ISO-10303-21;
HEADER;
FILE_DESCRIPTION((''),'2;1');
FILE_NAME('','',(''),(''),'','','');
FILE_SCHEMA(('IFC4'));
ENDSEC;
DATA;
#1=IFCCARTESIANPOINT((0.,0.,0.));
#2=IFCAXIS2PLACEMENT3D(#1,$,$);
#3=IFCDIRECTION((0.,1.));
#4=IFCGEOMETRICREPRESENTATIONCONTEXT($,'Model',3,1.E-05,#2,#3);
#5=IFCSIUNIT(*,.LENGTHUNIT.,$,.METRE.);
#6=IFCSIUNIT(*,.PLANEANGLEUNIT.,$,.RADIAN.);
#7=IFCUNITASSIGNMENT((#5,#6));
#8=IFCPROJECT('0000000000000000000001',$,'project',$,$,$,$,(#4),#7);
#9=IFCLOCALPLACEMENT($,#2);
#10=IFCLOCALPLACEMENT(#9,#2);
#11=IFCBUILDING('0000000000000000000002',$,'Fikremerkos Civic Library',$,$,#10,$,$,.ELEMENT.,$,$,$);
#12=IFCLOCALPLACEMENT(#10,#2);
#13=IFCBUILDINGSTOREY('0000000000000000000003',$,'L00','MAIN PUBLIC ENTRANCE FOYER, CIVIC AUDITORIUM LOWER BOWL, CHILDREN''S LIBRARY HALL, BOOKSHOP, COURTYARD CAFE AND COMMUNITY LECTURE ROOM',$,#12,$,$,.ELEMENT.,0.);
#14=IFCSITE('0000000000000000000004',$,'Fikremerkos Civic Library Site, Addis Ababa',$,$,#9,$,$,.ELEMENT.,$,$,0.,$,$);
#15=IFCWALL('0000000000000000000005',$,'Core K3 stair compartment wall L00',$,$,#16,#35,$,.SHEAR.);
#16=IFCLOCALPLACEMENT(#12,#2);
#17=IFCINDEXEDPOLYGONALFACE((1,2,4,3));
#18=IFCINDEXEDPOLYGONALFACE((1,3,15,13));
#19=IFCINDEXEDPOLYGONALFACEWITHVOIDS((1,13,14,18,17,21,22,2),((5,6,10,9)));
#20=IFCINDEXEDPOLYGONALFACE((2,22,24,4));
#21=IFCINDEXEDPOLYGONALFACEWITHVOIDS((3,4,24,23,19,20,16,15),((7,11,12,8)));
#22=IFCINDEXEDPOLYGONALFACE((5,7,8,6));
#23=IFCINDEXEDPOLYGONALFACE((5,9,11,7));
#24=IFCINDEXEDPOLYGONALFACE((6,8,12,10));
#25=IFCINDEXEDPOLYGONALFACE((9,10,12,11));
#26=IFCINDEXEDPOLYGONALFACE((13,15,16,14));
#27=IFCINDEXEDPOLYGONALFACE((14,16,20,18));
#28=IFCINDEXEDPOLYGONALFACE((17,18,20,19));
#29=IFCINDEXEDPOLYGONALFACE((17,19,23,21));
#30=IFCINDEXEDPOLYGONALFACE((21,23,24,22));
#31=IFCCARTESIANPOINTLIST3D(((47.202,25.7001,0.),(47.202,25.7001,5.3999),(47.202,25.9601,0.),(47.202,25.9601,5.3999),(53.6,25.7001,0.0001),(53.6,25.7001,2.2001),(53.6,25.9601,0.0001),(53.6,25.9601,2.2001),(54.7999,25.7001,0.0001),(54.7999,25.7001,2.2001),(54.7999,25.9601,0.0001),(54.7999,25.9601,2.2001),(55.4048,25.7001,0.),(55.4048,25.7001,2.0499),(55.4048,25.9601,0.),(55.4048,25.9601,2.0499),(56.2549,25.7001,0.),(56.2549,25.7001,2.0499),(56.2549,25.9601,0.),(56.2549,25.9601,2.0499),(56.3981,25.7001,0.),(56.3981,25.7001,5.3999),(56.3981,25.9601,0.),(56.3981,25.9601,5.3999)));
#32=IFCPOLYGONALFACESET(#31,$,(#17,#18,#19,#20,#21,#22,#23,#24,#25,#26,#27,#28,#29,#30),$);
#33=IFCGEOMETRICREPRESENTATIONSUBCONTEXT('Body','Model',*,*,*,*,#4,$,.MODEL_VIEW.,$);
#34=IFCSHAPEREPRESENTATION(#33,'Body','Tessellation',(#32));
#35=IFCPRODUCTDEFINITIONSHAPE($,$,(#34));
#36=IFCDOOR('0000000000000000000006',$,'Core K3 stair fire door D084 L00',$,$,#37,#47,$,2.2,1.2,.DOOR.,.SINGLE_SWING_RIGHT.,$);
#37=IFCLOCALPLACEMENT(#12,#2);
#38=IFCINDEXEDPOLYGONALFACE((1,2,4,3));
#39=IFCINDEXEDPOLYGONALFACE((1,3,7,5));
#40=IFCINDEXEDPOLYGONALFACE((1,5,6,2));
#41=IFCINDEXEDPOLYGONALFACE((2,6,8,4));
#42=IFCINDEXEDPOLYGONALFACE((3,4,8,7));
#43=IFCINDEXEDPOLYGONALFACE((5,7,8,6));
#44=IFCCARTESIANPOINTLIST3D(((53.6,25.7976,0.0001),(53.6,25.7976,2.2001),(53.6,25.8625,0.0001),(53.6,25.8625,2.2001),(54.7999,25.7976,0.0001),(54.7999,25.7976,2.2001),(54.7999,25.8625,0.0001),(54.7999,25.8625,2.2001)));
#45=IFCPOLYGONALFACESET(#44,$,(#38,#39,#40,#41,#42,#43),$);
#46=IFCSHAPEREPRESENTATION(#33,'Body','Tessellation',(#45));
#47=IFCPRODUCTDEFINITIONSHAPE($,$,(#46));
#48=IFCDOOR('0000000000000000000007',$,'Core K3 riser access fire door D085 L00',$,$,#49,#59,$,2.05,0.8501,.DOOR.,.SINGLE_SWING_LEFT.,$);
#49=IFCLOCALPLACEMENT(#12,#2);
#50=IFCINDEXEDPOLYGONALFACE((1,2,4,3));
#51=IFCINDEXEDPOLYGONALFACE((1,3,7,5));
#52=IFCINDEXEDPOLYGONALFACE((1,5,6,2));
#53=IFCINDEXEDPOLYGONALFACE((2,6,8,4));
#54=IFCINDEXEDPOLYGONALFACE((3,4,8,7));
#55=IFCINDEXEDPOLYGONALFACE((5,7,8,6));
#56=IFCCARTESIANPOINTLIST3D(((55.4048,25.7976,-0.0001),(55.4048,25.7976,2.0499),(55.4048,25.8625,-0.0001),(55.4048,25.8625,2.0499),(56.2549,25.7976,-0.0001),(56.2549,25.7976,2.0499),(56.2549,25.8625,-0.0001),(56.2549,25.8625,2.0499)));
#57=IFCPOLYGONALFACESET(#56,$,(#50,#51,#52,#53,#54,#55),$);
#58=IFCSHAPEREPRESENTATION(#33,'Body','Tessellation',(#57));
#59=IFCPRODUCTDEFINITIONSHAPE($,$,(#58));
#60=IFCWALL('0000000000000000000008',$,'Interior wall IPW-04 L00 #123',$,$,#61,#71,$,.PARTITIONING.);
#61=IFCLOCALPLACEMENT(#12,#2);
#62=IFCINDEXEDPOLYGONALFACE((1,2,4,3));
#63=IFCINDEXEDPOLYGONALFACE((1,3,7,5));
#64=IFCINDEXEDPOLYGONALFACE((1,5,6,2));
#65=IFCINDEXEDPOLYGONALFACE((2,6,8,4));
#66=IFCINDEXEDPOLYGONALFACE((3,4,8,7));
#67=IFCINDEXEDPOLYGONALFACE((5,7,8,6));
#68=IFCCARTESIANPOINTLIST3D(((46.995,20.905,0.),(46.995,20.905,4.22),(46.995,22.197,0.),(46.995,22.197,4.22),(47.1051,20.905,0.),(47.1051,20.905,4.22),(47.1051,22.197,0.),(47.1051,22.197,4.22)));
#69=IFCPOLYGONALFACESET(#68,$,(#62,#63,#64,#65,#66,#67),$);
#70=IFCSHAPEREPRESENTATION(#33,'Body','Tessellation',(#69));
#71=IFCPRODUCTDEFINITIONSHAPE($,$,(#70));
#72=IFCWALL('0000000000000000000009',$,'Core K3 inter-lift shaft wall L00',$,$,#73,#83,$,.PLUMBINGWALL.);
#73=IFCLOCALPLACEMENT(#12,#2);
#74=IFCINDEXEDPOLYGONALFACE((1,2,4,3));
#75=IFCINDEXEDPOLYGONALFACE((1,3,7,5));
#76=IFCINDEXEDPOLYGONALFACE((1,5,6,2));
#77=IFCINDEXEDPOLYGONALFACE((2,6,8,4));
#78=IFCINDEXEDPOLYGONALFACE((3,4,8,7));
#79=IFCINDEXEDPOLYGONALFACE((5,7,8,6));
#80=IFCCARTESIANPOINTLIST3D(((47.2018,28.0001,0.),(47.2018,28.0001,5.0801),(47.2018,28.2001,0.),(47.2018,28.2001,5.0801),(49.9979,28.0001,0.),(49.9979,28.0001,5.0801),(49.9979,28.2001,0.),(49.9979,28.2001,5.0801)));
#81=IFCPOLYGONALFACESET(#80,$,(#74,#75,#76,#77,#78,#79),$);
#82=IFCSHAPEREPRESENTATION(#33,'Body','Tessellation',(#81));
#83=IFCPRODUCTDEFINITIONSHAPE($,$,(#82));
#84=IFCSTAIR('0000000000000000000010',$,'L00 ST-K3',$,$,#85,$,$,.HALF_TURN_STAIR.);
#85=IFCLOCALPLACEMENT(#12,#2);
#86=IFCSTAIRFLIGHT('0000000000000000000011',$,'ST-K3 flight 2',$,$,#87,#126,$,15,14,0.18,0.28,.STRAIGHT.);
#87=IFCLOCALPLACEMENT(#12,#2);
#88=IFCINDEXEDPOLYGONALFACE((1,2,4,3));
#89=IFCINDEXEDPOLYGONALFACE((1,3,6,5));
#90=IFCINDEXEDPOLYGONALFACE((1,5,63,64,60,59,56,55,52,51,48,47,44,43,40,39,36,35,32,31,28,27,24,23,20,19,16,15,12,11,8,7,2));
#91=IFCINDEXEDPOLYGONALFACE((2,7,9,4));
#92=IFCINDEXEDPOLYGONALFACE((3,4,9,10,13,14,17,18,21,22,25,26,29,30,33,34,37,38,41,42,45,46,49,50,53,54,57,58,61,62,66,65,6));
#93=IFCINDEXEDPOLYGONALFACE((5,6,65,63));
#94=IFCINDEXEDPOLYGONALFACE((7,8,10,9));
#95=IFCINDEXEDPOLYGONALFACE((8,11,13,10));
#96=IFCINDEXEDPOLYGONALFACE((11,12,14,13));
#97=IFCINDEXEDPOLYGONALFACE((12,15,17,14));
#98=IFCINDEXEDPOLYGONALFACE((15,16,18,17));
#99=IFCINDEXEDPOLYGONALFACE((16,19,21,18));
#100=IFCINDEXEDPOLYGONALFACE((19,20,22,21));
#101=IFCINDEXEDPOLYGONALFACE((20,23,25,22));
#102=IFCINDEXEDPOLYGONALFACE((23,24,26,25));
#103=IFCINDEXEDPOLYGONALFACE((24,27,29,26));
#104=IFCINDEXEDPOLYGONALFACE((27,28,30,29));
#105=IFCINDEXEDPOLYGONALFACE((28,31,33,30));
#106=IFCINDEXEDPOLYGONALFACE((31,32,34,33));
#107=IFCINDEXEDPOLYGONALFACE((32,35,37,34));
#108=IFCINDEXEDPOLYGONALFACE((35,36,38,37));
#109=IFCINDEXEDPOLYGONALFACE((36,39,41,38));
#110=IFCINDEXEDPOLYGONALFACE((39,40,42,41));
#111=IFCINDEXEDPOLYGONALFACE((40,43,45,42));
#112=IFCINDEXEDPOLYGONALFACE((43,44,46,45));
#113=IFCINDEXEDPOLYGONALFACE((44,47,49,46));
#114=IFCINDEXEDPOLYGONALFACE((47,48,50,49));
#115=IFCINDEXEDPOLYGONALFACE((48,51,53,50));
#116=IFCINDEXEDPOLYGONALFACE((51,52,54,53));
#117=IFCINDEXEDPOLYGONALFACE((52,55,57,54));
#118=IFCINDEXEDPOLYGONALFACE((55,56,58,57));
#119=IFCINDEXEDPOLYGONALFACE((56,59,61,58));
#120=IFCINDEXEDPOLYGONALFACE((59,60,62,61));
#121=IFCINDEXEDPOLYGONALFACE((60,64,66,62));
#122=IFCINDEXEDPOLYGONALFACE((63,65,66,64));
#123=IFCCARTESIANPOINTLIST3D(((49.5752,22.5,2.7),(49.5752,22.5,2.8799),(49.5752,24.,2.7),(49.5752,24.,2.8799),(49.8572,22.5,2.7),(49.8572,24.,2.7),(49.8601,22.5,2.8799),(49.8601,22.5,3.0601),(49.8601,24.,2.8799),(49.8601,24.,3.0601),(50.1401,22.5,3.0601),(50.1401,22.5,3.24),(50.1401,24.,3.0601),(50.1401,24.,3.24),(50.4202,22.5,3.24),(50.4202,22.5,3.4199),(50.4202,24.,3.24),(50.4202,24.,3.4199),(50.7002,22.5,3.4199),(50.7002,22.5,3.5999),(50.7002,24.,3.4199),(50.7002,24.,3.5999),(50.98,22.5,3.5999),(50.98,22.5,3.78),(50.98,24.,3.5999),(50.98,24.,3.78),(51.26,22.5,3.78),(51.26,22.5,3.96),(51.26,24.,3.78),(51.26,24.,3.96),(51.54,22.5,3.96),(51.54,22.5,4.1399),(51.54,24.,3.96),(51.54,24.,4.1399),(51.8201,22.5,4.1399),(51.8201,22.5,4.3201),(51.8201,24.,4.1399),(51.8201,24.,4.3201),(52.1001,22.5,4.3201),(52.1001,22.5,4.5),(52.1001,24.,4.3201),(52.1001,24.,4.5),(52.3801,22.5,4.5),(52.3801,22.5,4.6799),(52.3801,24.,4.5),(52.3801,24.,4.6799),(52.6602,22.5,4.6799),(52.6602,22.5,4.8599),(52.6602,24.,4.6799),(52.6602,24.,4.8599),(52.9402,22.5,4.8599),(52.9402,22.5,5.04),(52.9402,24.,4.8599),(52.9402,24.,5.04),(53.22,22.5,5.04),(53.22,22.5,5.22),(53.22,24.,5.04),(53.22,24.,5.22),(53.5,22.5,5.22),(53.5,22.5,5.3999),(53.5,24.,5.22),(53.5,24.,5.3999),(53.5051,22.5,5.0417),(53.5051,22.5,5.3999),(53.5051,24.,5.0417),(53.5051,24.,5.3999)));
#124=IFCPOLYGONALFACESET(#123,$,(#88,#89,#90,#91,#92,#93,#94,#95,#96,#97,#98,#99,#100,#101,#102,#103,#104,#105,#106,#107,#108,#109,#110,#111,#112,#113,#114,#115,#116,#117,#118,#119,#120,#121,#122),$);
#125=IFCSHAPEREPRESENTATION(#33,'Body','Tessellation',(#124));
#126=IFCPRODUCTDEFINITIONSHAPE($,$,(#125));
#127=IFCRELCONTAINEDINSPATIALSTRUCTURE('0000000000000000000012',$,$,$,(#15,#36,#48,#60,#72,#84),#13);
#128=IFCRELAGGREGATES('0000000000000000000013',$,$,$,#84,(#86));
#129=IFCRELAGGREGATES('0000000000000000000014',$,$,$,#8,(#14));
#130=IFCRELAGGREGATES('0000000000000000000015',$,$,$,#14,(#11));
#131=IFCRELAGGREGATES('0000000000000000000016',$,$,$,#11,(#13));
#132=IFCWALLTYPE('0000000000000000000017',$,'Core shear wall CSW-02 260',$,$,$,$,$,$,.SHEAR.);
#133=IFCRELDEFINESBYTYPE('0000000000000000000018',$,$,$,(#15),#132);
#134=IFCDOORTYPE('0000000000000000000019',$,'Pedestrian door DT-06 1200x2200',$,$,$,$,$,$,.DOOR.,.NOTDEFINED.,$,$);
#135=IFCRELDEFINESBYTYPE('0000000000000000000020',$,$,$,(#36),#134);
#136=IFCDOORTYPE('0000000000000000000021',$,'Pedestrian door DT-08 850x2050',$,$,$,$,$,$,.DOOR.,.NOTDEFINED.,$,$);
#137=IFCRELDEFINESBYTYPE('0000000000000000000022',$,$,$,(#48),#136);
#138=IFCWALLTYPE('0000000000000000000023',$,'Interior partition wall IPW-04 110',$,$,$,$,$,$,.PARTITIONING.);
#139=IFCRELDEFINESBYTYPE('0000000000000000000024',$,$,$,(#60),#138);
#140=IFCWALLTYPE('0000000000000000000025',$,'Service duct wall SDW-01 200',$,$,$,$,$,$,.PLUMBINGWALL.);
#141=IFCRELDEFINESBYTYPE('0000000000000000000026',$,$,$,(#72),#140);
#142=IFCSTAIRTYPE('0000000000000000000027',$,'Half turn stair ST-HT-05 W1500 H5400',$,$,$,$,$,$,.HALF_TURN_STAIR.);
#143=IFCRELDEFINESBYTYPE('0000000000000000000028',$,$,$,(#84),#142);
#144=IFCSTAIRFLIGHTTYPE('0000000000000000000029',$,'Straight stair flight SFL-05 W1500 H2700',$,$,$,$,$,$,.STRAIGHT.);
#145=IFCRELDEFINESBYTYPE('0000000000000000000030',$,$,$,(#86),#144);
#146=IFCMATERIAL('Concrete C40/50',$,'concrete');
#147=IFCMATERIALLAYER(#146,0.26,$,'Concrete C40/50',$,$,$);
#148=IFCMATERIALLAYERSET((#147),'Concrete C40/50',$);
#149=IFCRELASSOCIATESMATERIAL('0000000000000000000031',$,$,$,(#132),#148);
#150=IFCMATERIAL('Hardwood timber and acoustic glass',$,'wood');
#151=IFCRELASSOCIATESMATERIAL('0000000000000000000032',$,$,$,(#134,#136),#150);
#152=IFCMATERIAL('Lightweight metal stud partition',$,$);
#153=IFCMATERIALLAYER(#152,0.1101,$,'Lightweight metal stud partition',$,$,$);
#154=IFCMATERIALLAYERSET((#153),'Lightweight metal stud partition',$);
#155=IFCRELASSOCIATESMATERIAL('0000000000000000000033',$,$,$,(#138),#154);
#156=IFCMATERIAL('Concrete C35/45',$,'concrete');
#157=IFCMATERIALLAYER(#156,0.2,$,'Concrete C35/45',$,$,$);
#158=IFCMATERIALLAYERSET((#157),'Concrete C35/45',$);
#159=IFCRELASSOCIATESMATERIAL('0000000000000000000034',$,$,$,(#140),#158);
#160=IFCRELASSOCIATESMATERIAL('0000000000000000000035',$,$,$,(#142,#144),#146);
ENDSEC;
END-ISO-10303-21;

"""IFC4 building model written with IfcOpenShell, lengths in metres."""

from ifc_helpers import new_model, si_unit, direction, frame, frame_2d, origin, place, context, subcontext, project, spatial, polyline, rectangle, outline, extrude, material, layer, layer_set, type_object, element, fill, aggregate, save


model = new_model("IFC4")

# Units and contexts
model_context = context("Model", 3, precision=1e-05, world=origin(), true_north=direction((0.0, 1.0)))
body_context = subcontext(model_context, "Body", "Model", "MODEL_VIEW")
ifc_project = project(units=[si_unit("LENGTHUNIT", "METRE"), si_unit("PLANEANGLEUNIT", "RADIAN")], contexts=[model_context])

# Site, building, storey
site_placement = place(None, origin())
site = spatial("IfcSite", under=ifc_project, at=site_placement, Name="Fikremerkos Civic Library Site, Addis Ababa", CompositionType="ELEMENT", RefElevation=0.0)
building_placement = place(site_placement, origin())
building = spatial("IfcBuilding", under=site, at=building_placement, Name="Fikremerkos Civic Library", CompositionType="ELEMENT")
storey_placement = place(building_placement, origin())
storey = spatial("IfcBuildingStorey", under=building, at=storey_placement, Name="L00", Description="MAIN PUBLIC ENTRANCE FOYER, CIVIC AUDITORIUM LOWER BOWL, CHILDREN'S LIBRARY HALL, BOOKSHOP, COURTYARD CAFE AND COMMUNITY LECTURE ROOM", CompositionType="ELEMENT", Elevation=0.0)

# Shared definitions
ifc_material_1 = material(Name="Concrete C40/50", Category="concrete")

# Wall, openings, doors
ifc_layer_1 = layer(ifc_material_1, 0.26, Name="Concrete C40/50")
ifc_layer_set_1 = layer_set([ifc_layer_1], Name="Concrete C40/50")
wall_type_1 = type_object("IfcWallType", Name="Core shear wall CSW-02 260", PredefinedType="SHEAR", material=ifc_layer_set_1)
wall_1_placement = place(storey_placement, frame((47.2019, 25.8301, 0.0), z_axis=(0.0, 0.0, 1.0), x_axis=(1.0, 0.0, 0.0)))
wall_1 = element("IfcWall", 1, at=wall_1_placement, inside=storey, type_object=wall_type_1, Name="Core K3 stair compartment wall L00", PredefinedType="SHEAR", context=body_context, shape_type="SweptSolid", body=[
    extrude(rectangle(XDim=9.196, YDim=0.26, at=frame_2d((4.5981, 0.0))), origin(), (0.0, 0.0, 1.0), 5.3999),
])
opening_1_placement = place(wall_1_placement, frame((6.3979, 0.0, 0.0)))
opening_1 = element("IfcOpeningElement", 2, at=opening_1_placement, cuts=wall_1, PredefinedType="OPENING", context=body_context, shape_type="SweptSolid", body=[
    extrude(rectangle(XDim=1.2, YDim=2.2, at=frame_2d((0.6001, 1.1001))), frame((0.0, 0.1399, 0.0), z_axis=(0.0, -1.0, 0.0), x_axis=(1.0, 0.0, 0.0)), (0.0, 0.0, 1.0), 0.28),
])
opening_2_placement = place(wall_1_placement, frame((8.2029, 0.0, 0.0)))
opening_2 = element("IfcOpeningElement", 3, at=opening_2_placement, cuts=wall_1, PredefinedType="OPENING", context=body_context, shape_type="SweptSolid", body=[
    extrude(rectangle(XDim=0.8501, YDim=2.05, at=frame_2d((0.425, 1.0249))), frame((0.0, 0.1399, 0.0), z_axis=(0.0, -1.0, 0.0), x_axis=(1.0, 0.0, 0.0)), (0.0, 0.0, 1.0), 0.28),
])
ifc_material_2 = material(Name="Hardwood timber and acoustic glass", Category="wood")
door_type_1 = type_object("IfcDoorType", Name="Pedestrian door DT-06 1200x2200", OperationType="NOTDEFINED", PredefinedType="DOOR", material=ifc_material_2)
door_1_placement = place(opening_1_placement, origin())
door_1 = element("IfcDoor", 4, at=door_1_placement, inside=storey, type_object=door_type_1, Name="Core K3 stair fire door D084 L00", OperationType="SINGLE_SWING_RIGHT", OverallHeight=2.2, OverallWidth=1.2, PredefinedType="DOOR", context=body_context, shape_type="SweptSolid", body=[
    extrude(rectangle(XDim=1.2, YDim=2.2, at=frame_2d((0.6001, 1.1001))), frame((0.0, 0.0325, 0.0), z_axis=(0.0, -1.0, 0.0), x_axis=(1.0, 0.0, 0.0)), (0.0, 0.0, 1.0), 0.0649),
])
fill(opening_1, door_1)
door_type_2 = type_object("IfcDoorType", Name="Pedestrian door DT-08 850x2050", OperationType="NOTDEFINED", PredefinedType="DOOR", material=ifc_material_2)
door_2_placement = place(opening_2_placement, origin())
door_2 = element("IfcDoor", 5, at=door_2_placement, inside=storey, type_object=door_type_2, Name="Core K3 riser access fire door D085 L00", OperationType="SINGLE_SWING_LEFT", OverallHeight=2.05, OverallWidth=0.8501, PredefinedType="DOOR", context=body_context, shape_type="SweptSolid", body=[
    extrude(rectangle(XDim=0.8501, YDim=2.05, at=frame_2d((0.425, 1.0249))), frame((0.0, 0.0325, 0.0), z_axis=(0.0, -1.0, 0.0), x_axis=(1.0, 0.0, 0.0)), (0.0, 0.0, 1.0), 0.0649),
])
fill(opening_2, door_2)

# Walls
ifc_material_3 = material(Name="Lightweight metal stud partition")
ifc_layer_2 = layer(ifc_material_3, 0.1101, Name="Lightweight metal stud partition")
ifc_layer_set_2 = layer_set([ifc_layer_2], Name="Lightweight metal stud partition")
wall_type_2 = type_object("IfcWallType", Name="Interior partition wall IPW-04 110", PredefinedType="PARTITIONING", material=ifc_layer_set_2)
wall_2_placement = place(storey_placement, frame((47.05, 20.905, 0.0), z_axis=(0.0, 0.0, 1.0), x_axis=(0.0, 1.0, 0.0)))
element("IfcWall", 6, at=wall_2_placement, inside=storey, type_object=wall_type_2, Name="Interior wall IPW-04 L00 #123", PredefinedType="PARTITIONING", context=body_context, shape_type="SweptSolid", body=[
    extrude(rectangle(XDim=1.292, YDim=0.1101, at=frame_2d((0.646, 0.0))), origin(), (0.0, 0.0, 1.0), 4.22),
])
ifc_material_4 = material(Name="Concrete C35/45", Category="concrete")
ifc_layer_3 = layer(ifc_material_4, 0.2, Name="Concrete C35/45")
ifc_layer_set_3 = layer_set([ifc_layer_3], Name="Concrete C35/45")
wall_type_3 = type_object("IfcWallType", Name="Service duct wall SDW-01 200", PredefinedType="PLUMBINGWALL", material=ifc_layer_set_3)
wall_3_placement = place(storey_placement, frame((47.2019, 28.1001, 0.0), z_axis=(0.0, 0.0, 1.0), x_axis=(1.0, 0.0, 0.0)))
element("IfcWall", 7, at=wall_3_placement, inside=storey, type_object=wall_type_3, Name="Core K3 inter-lift shaft wall L00", PredefinedType="PLUMBINGWALL", context=body_context, shape_type="SweptSolid", body=[
    extrude(rectangle(XDim=2.7961, YDim=0.2, at=frame_2d((1.3979, 0.0))), origin(), (0.0, 0.0, 1.0), 5.0801),
])

# Stair, stair flight
stair_type = type_object("IfcStairType", Name="Half turn stair ST-HT-05 W1500 H5400", PredefinedType="HALF_TURN_STAIR", material=ifc_material_1)
stair_placement = place(storey_placement, origin())
stair = element("IfcStair", 8, at=stair_placement, inside=storey, type_object=stair_type, Name="L00 ST-K3", PredefinedType="HALF_TURN_STAIR")
stair_flight_type = type_object("IfcStairFlightType", Name="Straight stair flight SFL-05 W1500 H2700", PredefinedType="STRAIGHT", material=ifc_material_1)
stair_flight_placement = place(storey_placement, frame((49.5801, 23.25, 2.7), z_axis=(0.0, 0.0, 1.0), x_axis=(1.0, 0.0, 0.0)))
stair_flight = element("IfcStairFlight", 9, at=stair_flight_placement, type_object=stair_flight_type, Name="ST-K3 flight 2", NumberOfRisers=15, NumberOfTreads=14, PredefinedType="STRAIGHT", RiserHeight=0.18, TreadLength=0.28, context=body_context, shape_type="SweptSolid", body=[
    extrude(outline(polyline([(-0.0049, 0.0), (-0.0049, 0.1799), (0.28, 0.1799), (0.28, 0.3601), (0.5601, 0.3601), (0.5601, 0.54), (0.8401, 0.54), (0.8401, 0.72), (1.1201, 0.72), (1.1201, 0.8999), (1.3999, 0.8999), (1.3999, 1.0801), (1.6799, 1.0801), (1.6799, 1.26), (1.96, 1.26), (1.96, 1.4399), (2.24, 1.4399), (2.24, 1.6201), (2.52, 1.6201), (2.52, 1.8), (2.8, 1.8), (2.8, 1.98), (3.0801, 1.98), (3.0801, 2.1599), (3.3601, 2.1599), (3.3601, 2.3401), (3.6399, 2.3401), (3.6399, 2.52), (3.9199, 2.52), (3.9199, 2.7), (3.925, 2.7), (3.925, 2.3418), (0.2771, 0.0), (-0.0049, 0.0)])), frame((0.0, 0.75, 0.0), z_axis=(0.0, -1.0, 0.0), x_axis=(1.0, 0.0, 0.0)), (0.0, 0.0, 1.0), 1.5),
])
aggregate(stair, [stair_flight])

save(model, "model.ifc")
